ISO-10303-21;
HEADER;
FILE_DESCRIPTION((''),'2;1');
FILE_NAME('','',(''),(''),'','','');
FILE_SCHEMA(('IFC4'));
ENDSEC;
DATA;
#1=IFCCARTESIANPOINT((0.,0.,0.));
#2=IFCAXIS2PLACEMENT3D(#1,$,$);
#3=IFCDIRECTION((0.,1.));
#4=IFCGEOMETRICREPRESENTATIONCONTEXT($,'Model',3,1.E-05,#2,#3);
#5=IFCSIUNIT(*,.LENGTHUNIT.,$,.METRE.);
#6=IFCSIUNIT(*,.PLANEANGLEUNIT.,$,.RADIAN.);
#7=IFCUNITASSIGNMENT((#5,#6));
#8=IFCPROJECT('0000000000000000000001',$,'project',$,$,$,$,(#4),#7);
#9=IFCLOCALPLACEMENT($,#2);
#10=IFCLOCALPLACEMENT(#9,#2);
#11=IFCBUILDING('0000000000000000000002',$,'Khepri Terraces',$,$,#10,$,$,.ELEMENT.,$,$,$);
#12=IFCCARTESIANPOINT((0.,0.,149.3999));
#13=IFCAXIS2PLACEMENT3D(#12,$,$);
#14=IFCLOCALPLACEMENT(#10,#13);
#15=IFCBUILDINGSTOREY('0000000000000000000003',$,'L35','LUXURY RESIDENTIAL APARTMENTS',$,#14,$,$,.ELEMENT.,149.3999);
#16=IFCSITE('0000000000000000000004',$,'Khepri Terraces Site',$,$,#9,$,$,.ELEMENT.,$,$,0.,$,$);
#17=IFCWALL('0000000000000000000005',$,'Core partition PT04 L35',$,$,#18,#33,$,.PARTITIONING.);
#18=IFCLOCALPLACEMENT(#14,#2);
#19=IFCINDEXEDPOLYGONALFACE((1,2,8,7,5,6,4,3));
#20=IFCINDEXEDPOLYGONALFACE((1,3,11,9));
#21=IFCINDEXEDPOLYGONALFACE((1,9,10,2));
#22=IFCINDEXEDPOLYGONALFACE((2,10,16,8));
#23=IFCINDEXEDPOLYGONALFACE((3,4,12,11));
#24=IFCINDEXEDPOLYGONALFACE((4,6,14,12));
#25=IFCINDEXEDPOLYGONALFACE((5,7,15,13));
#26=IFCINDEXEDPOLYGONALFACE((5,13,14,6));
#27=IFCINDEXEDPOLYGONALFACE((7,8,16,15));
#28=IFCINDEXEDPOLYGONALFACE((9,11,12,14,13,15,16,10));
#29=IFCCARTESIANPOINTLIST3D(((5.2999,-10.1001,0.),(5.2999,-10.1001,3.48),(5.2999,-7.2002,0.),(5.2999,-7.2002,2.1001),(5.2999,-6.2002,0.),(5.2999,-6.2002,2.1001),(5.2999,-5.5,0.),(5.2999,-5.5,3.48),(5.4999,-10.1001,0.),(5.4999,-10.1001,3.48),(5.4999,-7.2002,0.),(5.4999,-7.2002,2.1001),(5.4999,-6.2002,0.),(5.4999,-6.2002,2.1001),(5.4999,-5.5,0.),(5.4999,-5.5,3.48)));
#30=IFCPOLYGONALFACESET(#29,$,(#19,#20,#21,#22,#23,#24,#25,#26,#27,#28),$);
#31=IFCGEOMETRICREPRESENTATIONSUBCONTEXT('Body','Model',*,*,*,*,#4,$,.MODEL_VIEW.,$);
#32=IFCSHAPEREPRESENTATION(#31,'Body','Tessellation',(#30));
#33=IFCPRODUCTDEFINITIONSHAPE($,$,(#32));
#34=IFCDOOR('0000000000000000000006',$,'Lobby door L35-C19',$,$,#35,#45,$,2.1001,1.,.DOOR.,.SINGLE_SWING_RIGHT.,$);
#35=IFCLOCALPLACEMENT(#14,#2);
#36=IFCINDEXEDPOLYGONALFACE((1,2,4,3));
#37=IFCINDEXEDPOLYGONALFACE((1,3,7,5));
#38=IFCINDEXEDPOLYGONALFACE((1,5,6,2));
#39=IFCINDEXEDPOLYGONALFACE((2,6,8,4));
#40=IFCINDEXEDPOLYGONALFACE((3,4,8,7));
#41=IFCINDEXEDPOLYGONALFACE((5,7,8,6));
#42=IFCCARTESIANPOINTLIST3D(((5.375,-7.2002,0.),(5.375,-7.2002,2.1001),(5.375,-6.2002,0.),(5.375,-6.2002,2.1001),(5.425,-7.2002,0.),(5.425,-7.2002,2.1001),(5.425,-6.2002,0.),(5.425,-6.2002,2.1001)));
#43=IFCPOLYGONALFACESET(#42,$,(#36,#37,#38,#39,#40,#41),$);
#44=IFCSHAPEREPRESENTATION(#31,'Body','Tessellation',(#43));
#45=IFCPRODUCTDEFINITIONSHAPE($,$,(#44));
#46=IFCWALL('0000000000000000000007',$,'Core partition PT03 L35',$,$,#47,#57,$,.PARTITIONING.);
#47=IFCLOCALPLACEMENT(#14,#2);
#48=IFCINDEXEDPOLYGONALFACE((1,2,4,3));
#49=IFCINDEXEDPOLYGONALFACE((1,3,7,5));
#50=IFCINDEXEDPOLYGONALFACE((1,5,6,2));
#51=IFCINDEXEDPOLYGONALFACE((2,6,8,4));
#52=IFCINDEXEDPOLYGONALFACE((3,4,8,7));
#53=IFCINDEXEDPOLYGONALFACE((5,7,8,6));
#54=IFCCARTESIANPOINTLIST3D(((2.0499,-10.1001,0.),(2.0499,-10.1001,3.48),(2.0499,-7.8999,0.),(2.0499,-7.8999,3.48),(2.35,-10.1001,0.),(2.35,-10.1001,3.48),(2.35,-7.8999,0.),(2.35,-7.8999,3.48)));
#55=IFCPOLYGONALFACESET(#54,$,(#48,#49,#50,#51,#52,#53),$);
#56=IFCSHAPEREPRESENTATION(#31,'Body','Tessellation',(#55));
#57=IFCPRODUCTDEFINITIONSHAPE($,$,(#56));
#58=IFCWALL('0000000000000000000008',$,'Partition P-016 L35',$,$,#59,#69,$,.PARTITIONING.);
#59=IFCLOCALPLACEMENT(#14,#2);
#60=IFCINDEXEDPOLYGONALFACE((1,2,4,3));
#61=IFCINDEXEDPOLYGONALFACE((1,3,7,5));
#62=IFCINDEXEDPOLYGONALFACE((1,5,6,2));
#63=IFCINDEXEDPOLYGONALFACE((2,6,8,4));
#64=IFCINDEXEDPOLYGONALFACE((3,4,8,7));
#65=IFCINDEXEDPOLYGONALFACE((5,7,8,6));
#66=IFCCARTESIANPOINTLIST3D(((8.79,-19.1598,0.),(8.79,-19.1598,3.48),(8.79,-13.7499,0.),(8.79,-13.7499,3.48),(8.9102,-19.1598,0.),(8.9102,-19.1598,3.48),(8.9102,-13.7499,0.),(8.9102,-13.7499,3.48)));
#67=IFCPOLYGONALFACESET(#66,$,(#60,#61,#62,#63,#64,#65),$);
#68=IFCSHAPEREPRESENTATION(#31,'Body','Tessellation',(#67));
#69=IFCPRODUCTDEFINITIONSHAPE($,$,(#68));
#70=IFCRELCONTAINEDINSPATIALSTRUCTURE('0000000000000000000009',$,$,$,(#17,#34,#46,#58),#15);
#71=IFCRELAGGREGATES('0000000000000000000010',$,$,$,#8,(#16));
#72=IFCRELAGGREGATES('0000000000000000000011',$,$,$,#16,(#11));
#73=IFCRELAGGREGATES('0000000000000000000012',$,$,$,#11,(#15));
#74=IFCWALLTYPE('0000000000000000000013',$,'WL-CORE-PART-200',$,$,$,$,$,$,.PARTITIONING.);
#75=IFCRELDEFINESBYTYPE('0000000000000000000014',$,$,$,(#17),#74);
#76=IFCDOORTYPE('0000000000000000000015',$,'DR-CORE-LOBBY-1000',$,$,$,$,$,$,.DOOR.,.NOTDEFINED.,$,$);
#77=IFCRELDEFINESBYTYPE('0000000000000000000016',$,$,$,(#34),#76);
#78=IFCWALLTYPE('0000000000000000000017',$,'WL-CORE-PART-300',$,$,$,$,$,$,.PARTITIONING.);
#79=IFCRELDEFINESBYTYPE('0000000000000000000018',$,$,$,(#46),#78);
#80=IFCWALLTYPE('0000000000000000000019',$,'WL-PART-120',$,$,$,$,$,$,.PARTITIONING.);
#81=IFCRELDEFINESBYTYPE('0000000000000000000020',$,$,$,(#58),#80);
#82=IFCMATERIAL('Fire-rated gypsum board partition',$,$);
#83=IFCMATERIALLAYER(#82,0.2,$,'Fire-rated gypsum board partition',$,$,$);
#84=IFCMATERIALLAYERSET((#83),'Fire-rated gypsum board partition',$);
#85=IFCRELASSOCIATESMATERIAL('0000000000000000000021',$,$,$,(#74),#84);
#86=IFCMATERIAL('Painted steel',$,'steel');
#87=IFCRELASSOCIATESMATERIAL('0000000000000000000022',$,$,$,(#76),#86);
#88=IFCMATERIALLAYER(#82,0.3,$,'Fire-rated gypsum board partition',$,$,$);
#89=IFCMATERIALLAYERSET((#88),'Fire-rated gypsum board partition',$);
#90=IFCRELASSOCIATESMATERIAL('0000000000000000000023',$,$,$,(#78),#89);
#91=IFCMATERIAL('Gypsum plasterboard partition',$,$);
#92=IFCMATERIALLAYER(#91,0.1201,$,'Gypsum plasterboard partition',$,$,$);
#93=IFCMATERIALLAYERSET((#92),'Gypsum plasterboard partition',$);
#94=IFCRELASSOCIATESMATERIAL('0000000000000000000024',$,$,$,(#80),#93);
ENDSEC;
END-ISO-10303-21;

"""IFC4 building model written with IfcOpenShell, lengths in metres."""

from ifc_helpers import new_model, si_unit, direction, frame, frame_2d, origin, place, context, subcontext, project, spatial, rectangle, extrude, material, layer, layer_set, type_object, element, fill, save


model = new_model("IFC4")

# Units and contexts
model_context = context("Model", 3, precision=1e-05, world=origin(), true_north=direction((0.0, 1.0)))
body_context = subcontext(model_context, "Body", "Model", "MODEL_VIEW")
ifc_project = project(units=[si_unit("LENGTHUNIT", "METRE"), si_unit("PLANEANGLEUNIT", "RADIAN")], contexts=[model_context])

# Site, building, storey
site_placement = place(None, origin())
site = spatial("IfcSite", under=ifc_project, at=site_placement, Name="Khepri Terraces Site", CompositionType="ELEMENT", RefElevation=0.0)
building_placement = place(site_placement, origin())
building = spatial("IfcBuilding", under=site, at=building_placement, Name="Khepri Terraces", CompositionType="ELEMENT")
storey_placement = place(building_placement, frame((0.0, 0.0, 149.3999)))
storey = spatial("IfcBuildingStorey", under=building, at=storey_placement, Name="L35", Description="LUXURY RESIDENTIAL APARTMENTS", CompositionType="ELEMENT", Elevation=149.3999)

# Shared definitions
ifc_material_1 = material(Name="Fire-rated gypsum board partition")
ifc_layer_1 = layer(ifc_material_1, 0.2, Name="Fire-rated gypsum board partition")
ifc_layer_set_1 = layer_set([ifc_layer_1], Name="Fire-rated gypsum board partition")
wall_type_1 = type_object("IfcWallType", Name="WL-CORE-PART-200", PredefinedType="PARTITIONING", material=ifc_layer_set_1)

# Wall, opening, door
wall_1_placement = place(storey_placement, frame((5.3999, -10.1001, 0.0), z_axis=(0.0, 0.0, 1.0), x_axis=(0.0, 1.0, 0.0)))
wall_1 = element("IfcWall", 1, at=wall_1_placement, inside=storey, type_object=wall_type_1, Name="Core partition PT04 L35", PredefinedType="PARTITIONING", context=body_context, shape_type="SweptSolid", body=[
    extrude(rectangle(XDim=4.6001, YDim=0.2, at=frame_2d((2.3, 0.0))), origin(), (0.0, 0.0, 1.0), 3.48),
])
opening_1_placement = place(wall_1_placement, frame((2.8999, 0.0, 0.0)))
opening_1 = element("IfcOpeningElement", 2, at=opening_1_placement, cuts=wall_1, PredefinedType="OPENING", context=body_context, shape_type="SweptSolid", body=[
    extrude(rectangle(XDim=1.0, YDim=2.1001, at=frame_2d((0.5, 1.05))), frame((0.0, 0.1099, 0.0), z_axis=(0.0, -1.0, 0.0), x_axis=(1.0, 0.0, 0.0)), (0.0, 0.0, 1.0), 0.22),
])
ifc_material_2 = material(Name="Painted steel", Category="steel")
door_type_1 = type_object("IfcDoorType", Name="DR-CORE-LOBBY-1000", OperationType="NOTDEFINED", PredefinedType="DOOR", material=ifc_material_2)
door_1_placement = place(opening_1_placement, origin())
door_1 = element("IfcDoor", 3, at=door_1_placement, inside=storey, type_object=door_type_1, Name="Lobby door L35-C19", OperationType="SINGLE_SWING_RIGHT", OverallHeight=2.1001, OverallWidth=1.0, PredefinedType="DOOR", context=body_context, shape_type="SweptSolid", body=[
    extrude(rectangle(XDim=1.0, YDim=2.1001, at=frame_2d((0.5, 1.05))), frame((0.0, 0.0249, 0.0), z_axis=(0.0, -1.0, 0.0), x_axis=(1.0, 0.0, 0.0)), (0.0, 0.0, 1.0), 0.05),
])
fill(opening_1, door_1)

# Wall
ifc_layer_2 = layer(ifc_material_1, 0.3, Name="Fire-rated gypsum board partition")
ifc_layer_set_2 = layer_set([ifc_layer_2], Name="Fire-rated gypsum board partition")
wall_type_2 = type_object("IfcWallType", Name="WL-CORE-PART-300", PredefinedType="PARTITIONING", material=ifc_layer_set_2)
wall_2_placement = place(storey_placement, frame((2.2, -10.1001, 0.0), z_axis=(0.0, 0.0, 1.0), x_axis=(0.0, 1.0, 0.0)))
element("IfcWall", 4, at=wall_2_placement, inside=storey, type_object=wall_type_2, Name="Core partition PT03 L35", PredefinedType="PARTITIONING", context=body_context, shape_type="SweptSolid", body=[
    extrude(rectangle(XDim=2.2002, YDim=0.3, at=frame_2d((1.1001, 0.0))), origin(), (0.0, 0.0, 1.0), 3.48),
])

# Wall
ifc_material_3 = material(Name="Gypsum plasterboard partition")
ifc_layer_3 = layer(ifc_material_3, 0.1201, Name="Gypsum plasterboard partition")
ifc_layer_set_3 = layer_set([ifc_layer_3], Name="Gypsum plasterboard partition")
wall_type_3 = type_object("IfcWallType", Name="WL-PART-120", PredefinedType="PARTITIONING", material=ifc_layer_set_3)
wall_3_placement = place(storey_placement, frame((8.8501, -19.1599, 0.0), z_axis=(0.0, 0.0, 1.0), x_axis=(0.0, 1.0, 0.0)))
element("IfcWall", 5, at=wall_3_placement, inside=storey, type_object=wall_type_3, Name="Partition P-016 L35", PredefinedType="PARTITIONING", context=body_context, shape_type="SweptSolid", body=[
    extrude(rectangle(XDim=5.4099, YDim=0.1201, at=frame_2d((2.7051, 0.0))), origin(), (0.0, 0.0, 1.0), 3.48),
])

save(model, "model.ifc")
